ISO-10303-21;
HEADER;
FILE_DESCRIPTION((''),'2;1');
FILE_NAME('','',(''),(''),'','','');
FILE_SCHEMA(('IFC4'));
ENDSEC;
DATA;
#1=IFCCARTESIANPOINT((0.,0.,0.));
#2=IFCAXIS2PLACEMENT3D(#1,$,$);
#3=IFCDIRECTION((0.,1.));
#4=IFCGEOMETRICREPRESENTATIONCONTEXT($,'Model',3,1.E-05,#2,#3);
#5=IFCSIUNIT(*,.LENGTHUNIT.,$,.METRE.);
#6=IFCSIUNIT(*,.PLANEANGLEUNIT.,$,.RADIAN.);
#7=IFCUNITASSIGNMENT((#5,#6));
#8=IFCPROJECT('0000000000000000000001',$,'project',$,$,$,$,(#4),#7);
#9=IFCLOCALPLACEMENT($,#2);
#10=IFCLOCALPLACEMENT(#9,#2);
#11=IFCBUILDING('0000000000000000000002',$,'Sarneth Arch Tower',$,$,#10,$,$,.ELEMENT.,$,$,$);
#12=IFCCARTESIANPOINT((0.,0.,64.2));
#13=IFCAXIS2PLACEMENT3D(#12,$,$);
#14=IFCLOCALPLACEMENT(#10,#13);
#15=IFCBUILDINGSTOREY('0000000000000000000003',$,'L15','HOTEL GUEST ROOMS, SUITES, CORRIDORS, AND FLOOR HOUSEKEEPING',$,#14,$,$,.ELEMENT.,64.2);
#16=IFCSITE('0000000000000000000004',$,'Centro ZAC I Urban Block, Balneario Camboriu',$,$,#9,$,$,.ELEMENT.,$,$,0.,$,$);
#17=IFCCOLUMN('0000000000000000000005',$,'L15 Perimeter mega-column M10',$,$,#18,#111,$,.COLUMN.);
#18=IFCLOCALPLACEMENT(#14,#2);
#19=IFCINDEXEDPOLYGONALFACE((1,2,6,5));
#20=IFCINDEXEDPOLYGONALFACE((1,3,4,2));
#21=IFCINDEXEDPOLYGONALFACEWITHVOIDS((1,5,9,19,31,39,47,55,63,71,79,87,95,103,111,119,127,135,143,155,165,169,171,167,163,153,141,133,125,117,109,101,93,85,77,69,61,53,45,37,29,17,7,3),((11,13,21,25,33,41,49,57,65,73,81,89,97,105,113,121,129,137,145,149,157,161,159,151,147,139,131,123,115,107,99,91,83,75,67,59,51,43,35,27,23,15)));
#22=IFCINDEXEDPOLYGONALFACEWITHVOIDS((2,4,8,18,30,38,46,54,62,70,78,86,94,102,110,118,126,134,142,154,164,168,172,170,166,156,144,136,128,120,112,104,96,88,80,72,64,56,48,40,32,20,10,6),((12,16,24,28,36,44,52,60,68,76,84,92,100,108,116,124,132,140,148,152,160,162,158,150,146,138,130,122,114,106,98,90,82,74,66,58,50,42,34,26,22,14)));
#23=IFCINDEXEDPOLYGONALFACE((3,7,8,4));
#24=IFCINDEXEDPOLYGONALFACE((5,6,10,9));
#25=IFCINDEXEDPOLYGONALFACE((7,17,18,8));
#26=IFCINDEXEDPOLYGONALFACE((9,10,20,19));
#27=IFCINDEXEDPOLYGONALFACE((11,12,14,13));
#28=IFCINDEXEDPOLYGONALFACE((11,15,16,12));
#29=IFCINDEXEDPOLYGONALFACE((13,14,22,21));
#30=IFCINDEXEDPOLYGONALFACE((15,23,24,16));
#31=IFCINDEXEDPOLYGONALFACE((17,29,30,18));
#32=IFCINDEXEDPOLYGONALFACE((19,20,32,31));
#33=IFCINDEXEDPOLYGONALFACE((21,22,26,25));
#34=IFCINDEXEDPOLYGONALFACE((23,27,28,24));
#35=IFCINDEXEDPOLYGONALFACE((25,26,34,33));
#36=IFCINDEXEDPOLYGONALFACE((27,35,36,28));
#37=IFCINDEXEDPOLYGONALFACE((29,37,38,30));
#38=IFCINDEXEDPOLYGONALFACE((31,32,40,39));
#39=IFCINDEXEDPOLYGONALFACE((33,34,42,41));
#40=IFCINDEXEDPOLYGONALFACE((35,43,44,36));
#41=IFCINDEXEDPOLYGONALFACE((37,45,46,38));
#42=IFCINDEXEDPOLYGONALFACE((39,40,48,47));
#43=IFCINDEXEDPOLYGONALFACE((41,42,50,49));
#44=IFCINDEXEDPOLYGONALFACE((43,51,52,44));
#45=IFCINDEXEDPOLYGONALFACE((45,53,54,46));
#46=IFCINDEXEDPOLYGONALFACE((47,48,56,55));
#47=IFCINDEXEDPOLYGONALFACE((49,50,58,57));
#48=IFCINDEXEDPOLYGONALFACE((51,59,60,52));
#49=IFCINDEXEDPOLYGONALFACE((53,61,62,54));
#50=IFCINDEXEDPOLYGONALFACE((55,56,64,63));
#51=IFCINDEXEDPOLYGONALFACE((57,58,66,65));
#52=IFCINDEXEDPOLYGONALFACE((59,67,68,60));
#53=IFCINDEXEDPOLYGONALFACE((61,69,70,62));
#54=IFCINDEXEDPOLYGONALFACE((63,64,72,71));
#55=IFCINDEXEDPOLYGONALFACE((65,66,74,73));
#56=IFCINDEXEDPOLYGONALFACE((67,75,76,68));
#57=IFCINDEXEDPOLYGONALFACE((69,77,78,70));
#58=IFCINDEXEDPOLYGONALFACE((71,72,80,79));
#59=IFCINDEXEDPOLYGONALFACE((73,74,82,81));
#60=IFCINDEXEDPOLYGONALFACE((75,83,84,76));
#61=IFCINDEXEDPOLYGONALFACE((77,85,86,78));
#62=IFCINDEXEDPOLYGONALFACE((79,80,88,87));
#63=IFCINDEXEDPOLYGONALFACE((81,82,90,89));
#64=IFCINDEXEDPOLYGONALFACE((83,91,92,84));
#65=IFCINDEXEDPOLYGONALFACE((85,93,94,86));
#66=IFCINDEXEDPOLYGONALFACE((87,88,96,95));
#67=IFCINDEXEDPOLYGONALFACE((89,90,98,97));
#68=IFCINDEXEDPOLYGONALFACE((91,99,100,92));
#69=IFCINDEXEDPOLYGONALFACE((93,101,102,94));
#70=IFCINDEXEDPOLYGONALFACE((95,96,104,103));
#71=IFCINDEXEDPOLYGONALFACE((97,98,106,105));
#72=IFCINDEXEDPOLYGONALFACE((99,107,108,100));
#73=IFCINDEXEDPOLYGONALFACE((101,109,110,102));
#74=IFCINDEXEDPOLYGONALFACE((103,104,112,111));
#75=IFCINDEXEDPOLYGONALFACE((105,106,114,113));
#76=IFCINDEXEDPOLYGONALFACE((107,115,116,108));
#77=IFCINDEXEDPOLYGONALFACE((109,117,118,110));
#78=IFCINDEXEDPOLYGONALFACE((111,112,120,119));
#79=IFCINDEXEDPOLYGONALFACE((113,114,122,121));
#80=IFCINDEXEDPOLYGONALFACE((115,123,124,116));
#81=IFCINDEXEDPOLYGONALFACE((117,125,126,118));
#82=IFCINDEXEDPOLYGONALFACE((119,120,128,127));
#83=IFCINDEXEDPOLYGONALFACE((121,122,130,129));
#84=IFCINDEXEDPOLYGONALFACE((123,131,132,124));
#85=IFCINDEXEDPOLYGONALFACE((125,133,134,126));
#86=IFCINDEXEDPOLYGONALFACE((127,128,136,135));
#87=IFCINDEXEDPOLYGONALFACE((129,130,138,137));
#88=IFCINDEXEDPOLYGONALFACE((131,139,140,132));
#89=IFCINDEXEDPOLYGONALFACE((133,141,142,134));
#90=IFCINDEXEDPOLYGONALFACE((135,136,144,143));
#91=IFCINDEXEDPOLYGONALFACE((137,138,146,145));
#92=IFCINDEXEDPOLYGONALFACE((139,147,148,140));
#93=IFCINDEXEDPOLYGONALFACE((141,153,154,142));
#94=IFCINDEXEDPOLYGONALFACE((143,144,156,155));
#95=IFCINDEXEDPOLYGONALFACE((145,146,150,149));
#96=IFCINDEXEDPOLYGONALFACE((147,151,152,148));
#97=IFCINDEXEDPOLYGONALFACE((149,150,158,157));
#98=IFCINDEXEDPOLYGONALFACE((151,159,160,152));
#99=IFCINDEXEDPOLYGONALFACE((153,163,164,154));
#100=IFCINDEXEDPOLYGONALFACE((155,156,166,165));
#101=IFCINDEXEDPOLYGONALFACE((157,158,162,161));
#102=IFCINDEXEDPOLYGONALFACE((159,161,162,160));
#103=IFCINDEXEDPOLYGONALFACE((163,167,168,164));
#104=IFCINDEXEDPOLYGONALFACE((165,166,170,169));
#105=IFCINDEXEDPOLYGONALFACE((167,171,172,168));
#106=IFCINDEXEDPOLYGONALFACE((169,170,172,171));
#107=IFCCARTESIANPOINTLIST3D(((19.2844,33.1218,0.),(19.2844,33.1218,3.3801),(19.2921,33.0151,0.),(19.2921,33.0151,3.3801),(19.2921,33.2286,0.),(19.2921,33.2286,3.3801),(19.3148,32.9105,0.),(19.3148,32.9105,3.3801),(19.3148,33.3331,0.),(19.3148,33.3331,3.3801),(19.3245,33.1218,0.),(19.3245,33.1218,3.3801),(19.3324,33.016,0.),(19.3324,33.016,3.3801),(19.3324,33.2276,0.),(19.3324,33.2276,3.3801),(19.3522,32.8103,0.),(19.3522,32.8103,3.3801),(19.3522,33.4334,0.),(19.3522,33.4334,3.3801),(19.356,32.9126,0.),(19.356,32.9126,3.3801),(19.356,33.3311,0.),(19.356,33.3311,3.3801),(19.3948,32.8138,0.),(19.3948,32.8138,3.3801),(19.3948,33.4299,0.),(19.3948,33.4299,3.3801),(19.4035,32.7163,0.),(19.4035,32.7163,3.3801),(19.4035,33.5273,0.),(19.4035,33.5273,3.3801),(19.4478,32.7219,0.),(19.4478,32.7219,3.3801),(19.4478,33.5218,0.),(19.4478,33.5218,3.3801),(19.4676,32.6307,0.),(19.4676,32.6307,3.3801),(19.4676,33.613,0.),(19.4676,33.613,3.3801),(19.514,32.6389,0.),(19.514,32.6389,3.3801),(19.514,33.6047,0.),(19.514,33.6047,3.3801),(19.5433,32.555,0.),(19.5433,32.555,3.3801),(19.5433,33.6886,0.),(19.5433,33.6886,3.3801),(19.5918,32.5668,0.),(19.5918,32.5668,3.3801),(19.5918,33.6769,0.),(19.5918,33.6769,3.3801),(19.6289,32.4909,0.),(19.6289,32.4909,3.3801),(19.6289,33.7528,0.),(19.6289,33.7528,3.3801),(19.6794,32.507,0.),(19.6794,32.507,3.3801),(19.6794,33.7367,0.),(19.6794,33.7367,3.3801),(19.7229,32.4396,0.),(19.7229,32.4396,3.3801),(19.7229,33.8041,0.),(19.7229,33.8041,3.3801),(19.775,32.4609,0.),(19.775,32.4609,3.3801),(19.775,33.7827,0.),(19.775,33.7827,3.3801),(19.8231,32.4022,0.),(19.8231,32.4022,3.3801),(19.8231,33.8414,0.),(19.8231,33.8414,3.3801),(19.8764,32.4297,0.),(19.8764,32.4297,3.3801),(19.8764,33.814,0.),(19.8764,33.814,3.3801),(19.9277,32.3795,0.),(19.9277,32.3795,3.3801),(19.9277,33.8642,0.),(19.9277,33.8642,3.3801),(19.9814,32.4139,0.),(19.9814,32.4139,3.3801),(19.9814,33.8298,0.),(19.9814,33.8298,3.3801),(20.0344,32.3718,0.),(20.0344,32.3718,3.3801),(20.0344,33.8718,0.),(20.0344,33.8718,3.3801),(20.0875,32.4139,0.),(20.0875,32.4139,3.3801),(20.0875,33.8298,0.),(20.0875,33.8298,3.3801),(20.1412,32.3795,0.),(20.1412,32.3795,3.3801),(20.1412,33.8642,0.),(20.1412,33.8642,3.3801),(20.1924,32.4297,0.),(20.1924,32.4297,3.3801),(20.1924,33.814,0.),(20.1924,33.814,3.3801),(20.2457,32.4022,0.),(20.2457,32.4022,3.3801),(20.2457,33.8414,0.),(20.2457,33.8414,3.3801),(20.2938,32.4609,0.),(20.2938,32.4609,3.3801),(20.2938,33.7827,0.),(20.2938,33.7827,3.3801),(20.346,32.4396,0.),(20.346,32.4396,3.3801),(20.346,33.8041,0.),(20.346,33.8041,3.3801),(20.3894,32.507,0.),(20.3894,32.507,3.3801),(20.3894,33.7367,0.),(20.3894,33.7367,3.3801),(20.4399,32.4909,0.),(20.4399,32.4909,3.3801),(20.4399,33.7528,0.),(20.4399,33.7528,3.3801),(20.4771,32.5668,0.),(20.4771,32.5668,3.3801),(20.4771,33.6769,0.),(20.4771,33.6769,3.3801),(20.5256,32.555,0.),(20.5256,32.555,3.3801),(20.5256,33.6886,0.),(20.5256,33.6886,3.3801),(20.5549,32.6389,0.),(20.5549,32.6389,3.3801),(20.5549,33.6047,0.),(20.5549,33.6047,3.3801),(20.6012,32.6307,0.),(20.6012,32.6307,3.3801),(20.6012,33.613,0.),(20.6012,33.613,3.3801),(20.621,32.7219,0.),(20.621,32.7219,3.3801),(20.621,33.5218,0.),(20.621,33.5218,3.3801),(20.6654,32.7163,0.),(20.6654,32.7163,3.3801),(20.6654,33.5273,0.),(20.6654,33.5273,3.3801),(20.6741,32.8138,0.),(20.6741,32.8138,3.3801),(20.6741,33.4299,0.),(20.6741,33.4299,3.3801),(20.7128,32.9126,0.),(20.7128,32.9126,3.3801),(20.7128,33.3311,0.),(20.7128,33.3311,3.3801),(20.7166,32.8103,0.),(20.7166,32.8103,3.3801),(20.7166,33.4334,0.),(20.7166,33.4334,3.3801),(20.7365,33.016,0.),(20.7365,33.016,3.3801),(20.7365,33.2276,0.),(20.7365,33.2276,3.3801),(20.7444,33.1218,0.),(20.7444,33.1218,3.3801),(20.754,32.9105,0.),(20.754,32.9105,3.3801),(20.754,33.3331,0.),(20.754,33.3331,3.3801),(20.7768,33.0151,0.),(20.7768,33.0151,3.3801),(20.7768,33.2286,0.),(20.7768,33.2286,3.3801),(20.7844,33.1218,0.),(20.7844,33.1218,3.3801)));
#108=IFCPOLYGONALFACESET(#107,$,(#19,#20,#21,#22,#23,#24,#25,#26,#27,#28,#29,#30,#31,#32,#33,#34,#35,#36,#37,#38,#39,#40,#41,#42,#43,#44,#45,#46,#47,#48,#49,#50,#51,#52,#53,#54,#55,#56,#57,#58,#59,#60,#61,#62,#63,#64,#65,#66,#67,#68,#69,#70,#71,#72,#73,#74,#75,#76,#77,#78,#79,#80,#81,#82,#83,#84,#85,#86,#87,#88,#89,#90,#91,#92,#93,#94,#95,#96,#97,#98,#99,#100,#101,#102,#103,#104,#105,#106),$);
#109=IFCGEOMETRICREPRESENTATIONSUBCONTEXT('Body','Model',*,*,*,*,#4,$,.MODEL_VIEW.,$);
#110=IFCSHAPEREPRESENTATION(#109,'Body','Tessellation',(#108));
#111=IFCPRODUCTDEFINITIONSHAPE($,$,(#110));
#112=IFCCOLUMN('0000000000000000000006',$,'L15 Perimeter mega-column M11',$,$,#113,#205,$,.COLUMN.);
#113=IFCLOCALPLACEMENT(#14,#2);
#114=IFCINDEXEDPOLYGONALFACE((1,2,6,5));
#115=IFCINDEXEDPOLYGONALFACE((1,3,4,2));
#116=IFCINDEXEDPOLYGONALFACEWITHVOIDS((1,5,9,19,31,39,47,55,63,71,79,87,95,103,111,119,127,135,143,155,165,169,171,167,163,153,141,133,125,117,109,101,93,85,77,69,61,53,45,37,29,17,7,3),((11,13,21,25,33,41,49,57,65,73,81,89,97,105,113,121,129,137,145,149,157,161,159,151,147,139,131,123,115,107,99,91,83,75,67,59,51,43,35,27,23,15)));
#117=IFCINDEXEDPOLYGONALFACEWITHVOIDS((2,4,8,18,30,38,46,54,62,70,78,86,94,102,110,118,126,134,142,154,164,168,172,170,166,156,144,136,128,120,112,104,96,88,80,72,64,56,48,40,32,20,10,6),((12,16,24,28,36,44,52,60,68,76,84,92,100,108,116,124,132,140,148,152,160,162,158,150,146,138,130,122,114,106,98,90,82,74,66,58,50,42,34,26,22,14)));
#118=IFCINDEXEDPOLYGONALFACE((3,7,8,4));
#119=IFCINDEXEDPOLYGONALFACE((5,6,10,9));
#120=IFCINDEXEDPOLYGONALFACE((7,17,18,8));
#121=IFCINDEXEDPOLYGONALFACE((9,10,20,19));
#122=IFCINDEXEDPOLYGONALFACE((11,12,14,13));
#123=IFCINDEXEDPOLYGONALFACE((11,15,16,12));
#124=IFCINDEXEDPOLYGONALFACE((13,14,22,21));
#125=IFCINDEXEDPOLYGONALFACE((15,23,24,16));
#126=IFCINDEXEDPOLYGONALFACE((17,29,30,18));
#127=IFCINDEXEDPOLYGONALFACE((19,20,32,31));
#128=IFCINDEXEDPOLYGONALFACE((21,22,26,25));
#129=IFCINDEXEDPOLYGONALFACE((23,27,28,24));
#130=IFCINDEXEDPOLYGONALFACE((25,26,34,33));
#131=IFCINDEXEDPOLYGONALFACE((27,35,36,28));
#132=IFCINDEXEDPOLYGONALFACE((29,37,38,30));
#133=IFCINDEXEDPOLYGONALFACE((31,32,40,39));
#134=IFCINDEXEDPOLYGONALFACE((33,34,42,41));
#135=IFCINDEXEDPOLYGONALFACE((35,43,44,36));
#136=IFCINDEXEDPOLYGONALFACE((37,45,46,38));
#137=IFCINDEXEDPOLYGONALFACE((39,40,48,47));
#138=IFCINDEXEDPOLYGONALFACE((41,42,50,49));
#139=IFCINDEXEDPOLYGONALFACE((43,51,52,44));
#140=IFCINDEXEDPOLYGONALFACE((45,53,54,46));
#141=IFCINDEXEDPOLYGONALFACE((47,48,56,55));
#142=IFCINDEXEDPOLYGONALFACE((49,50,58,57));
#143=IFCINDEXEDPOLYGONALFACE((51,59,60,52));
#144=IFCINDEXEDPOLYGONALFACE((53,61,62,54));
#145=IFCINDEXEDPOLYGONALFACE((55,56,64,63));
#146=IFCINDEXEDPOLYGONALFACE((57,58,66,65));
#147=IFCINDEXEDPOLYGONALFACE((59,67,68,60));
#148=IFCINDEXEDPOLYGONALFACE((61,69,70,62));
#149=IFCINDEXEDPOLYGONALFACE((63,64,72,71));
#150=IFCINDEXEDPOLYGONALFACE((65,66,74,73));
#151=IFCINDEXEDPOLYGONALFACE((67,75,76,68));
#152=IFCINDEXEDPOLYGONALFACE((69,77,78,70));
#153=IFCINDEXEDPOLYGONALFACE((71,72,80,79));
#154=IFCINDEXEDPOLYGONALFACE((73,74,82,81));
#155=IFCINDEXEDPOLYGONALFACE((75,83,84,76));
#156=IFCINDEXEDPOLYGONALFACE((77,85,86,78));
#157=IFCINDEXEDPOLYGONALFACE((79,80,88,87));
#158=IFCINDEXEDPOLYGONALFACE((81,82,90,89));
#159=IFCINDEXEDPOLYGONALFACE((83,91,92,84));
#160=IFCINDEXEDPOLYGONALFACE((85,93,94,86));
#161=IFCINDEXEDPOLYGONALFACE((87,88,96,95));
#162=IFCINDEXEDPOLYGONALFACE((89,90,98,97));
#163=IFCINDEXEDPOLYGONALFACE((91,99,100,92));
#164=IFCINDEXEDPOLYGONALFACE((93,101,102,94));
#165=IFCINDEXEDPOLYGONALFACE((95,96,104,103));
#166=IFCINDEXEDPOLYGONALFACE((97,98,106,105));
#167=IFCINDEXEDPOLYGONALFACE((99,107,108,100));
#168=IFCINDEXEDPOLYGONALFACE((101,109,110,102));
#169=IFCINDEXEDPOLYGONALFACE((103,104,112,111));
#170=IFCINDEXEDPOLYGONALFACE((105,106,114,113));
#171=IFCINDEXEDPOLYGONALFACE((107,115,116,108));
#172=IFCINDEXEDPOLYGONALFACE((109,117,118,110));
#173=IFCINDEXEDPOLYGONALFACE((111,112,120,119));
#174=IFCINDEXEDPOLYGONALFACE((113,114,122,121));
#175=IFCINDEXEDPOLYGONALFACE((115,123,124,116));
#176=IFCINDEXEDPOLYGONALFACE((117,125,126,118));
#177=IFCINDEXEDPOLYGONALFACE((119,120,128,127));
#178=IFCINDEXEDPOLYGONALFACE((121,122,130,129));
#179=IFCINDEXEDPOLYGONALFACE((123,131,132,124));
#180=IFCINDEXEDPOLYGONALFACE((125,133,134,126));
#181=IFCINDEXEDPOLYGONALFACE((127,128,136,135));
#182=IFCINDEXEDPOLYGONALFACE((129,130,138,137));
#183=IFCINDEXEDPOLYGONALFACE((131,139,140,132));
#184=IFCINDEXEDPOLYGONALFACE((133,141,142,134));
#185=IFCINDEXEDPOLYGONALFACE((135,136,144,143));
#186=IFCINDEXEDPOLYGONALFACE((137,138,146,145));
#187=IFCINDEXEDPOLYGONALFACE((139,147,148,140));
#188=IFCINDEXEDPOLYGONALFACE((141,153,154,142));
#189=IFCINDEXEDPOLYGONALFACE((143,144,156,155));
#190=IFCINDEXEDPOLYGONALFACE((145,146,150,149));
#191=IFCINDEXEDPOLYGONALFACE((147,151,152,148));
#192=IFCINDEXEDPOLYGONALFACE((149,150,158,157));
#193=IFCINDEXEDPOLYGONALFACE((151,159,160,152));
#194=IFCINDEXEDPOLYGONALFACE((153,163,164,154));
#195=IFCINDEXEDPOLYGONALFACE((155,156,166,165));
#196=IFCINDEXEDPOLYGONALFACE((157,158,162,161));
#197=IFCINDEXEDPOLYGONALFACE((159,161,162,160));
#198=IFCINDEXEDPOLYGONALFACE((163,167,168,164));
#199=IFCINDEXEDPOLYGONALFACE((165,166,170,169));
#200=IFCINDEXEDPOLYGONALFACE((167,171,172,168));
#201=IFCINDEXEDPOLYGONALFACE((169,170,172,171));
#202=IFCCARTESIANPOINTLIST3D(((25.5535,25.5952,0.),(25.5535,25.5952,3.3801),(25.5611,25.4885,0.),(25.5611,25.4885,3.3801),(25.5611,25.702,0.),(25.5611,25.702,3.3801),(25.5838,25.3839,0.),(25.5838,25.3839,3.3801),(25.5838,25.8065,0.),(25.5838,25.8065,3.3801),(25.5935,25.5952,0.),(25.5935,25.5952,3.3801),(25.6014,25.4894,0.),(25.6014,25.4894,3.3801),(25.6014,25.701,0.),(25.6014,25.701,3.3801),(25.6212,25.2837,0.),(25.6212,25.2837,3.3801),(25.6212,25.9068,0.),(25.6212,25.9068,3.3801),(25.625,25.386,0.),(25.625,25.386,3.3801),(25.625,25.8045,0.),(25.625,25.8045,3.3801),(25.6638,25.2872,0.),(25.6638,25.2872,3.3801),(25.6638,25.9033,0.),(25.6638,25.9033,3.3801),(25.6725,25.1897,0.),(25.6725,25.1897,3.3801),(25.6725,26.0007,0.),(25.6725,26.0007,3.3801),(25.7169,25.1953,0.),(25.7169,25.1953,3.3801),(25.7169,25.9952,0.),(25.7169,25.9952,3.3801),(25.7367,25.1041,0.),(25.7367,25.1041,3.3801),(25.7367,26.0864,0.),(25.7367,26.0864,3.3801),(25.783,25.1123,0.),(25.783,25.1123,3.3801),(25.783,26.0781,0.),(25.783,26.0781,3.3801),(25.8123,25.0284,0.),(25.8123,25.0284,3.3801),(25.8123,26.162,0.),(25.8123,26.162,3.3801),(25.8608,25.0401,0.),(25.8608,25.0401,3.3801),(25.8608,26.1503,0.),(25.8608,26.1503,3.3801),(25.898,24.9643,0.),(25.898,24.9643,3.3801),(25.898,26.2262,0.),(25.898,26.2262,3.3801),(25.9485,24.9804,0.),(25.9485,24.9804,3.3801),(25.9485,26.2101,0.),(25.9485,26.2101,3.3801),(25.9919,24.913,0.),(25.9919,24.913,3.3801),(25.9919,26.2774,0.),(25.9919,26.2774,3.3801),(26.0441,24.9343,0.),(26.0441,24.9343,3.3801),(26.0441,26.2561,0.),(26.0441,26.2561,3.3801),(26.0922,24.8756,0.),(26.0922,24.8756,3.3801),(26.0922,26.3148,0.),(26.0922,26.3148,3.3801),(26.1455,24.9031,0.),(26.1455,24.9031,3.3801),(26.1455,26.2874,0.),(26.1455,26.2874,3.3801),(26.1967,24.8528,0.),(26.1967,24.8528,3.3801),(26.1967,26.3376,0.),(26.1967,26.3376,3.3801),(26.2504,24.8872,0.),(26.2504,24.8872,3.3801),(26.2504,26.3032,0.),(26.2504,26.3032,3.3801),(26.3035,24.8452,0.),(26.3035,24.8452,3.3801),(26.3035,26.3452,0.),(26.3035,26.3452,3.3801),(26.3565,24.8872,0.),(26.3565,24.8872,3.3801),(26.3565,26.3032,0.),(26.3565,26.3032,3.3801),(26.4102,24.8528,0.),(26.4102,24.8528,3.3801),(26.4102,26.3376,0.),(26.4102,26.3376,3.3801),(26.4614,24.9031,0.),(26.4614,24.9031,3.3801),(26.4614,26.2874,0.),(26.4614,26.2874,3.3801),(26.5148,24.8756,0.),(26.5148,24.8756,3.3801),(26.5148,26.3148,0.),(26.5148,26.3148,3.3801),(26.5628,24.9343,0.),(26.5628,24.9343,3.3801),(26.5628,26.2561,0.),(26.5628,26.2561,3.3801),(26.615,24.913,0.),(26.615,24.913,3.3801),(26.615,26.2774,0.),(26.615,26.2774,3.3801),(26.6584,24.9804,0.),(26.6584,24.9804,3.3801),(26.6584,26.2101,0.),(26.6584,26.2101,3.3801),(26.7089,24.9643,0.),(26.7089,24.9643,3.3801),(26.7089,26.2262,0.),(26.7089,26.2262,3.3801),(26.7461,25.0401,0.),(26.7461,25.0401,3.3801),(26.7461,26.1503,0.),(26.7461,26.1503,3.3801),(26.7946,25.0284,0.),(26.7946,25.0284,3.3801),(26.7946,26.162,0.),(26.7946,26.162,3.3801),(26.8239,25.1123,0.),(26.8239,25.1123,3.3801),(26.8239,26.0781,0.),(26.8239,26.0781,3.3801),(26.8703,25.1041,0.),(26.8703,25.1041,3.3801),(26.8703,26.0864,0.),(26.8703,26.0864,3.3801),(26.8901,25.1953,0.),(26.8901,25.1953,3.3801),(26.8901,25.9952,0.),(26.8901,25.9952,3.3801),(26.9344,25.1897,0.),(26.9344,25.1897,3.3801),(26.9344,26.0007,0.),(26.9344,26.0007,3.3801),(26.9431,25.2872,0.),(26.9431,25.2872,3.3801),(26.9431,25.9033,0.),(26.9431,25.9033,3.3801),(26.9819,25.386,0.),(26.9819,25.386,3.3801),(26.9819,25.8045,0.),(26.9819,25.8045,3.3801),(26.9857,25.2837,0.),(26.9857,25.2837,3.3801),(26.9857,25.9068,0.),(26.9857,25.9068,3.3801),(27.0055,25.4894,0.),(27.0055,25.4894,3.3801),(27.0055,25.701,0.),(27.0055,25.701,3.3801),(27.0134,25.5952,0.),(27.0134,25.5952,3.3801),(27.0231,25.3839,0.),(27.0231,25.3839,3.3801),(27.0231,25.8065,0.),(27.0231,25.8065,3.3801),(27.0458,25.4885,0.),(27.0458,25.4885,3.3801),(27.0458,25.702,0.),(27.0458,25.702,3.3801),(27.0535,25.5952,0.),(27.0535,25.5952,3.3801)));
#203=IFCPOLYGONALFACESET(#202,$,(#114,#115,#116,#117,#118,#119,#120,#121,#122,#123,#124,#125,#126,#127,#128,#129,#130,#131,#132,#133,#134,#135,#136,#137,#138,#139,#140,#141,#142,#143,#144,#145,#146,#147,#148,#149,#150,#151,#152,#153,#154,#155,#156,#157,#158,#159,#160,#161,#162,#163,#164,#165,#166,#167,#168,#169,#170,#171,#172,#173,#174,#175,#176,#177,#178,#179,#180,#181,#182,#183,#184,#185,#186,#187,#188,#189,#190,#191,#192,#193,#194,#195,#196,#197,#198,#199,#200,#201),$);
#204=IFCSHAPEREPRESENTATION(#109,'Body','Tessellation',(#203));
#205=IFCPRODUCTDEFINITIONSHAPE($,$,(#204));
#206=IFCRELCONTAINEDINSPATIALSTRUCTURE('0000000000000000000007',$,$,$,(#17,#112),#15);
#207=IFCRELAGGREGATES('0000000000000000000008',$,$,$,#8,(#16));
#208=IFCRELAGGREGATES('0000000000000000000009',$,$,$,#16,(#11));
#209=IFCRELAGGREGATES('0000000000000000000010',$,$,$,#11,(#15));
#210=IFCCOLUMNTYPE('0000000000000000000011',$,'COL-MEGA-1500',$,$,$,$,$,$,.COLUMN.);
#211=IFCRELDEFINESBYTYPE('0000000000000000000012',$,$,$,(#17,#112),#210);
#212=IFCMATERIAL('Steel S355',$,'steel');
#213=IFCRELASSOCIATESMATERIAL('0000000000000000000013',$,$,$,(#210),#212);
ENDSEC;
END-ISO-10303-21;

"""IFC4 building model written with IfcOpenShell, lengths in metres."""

from ifc_helpers import new_model, si_unit, direction, frame, origin, origin_2d, place, context, subcontext, project, spatial, hollow_circle, extrude, material, material_profile, profile_set, type_object, element, save


model = new_model("IFC4")

# Units and contexts
model_context = context("Model", 3, precision=1e-05, world=origin(), true_north=direction((0.0, 1.0)))
body_context = subcontext(model_context, "Body", "Model", "MODEL_VIEW")
ifc_project = project(units=[si_unit("LENGTHUNIT", "METRE"), si_unit("PLANEANGLEUNIT", "RADIAN")], contexts=[model_context])

# Site, building, storey
site_placement = place(None, origin())
site = spatial("IfcSite", under=ifc_project, at=site_placement, Name="Centro ZAC I Urban Block, Balneario Camboriu", CompositionType="ELEMENT", RefElevation=0.0)
building_placement = place(site_placement, origin())
building = spatial("IfcBuilding", under=site, at=building_placement, Name="Sarneth Arch Tower", CompositionType="ELEMENT")
storey_placement = place(building_placement, frame((0.0, 0.0, 64.2)))
storey = spatial("IfcBuildingStorey", under=building, at=storey_placement, Name="L15", Description="HOTEL GUEST ROOMS, SUITES, CORRIDORS, AND FLOOR HOUSEKEEPING", CompositionType="ELEMENT", Elevation=64.2)

# Columns
ifc_material_1 = material(Name="Steel S355", Category="steel")
ifc_material_profile_1 = material_profile(ifc_material_1, hollow_circle(Radius=0.75, WallThickness=0.04, at=origin_2d()), Name="CHS1500x40")
ifc_profile_set_1 = profile_set([ifc_material_profile_1], Name="Steel S355")
column_type = type_object("IfcColumnType", Name="COL-MEGA-1500", PredefinedType="COLUMN", material=ifc_profile_set_1)
for number, where, z_axis, x_axis, name in (
    (1, (20.0344, 33.1218, 0.0), (0.0, 0.0, 1.0), (1.0, 0.0, 0.0), "L15 Perimeter mega-column M10"),
    (2, (26.3035, 25.5952, 0.0), (0.0, 0.0, 1.0), (1.0, 0.0, 0.0), "L15 Perimeter mega-column M11"),
):
    element("IfcColumn", number, at=place(storey_placement, frame(where, z_axis=z_axis, x_axis=x_axis)), inside=storey, type_object=column_type, Name=name, PredefinedType="COLUMN", context=body_context, shape_type="SweptSolid", body=[
        extrude(hollow_circle(Radius=0.75, WallThickness=0.04, at=origin_2d()), origin(), (0.0, 0.0, 1.0), 3.3801),
    ])

save(model, "model.ifc")
